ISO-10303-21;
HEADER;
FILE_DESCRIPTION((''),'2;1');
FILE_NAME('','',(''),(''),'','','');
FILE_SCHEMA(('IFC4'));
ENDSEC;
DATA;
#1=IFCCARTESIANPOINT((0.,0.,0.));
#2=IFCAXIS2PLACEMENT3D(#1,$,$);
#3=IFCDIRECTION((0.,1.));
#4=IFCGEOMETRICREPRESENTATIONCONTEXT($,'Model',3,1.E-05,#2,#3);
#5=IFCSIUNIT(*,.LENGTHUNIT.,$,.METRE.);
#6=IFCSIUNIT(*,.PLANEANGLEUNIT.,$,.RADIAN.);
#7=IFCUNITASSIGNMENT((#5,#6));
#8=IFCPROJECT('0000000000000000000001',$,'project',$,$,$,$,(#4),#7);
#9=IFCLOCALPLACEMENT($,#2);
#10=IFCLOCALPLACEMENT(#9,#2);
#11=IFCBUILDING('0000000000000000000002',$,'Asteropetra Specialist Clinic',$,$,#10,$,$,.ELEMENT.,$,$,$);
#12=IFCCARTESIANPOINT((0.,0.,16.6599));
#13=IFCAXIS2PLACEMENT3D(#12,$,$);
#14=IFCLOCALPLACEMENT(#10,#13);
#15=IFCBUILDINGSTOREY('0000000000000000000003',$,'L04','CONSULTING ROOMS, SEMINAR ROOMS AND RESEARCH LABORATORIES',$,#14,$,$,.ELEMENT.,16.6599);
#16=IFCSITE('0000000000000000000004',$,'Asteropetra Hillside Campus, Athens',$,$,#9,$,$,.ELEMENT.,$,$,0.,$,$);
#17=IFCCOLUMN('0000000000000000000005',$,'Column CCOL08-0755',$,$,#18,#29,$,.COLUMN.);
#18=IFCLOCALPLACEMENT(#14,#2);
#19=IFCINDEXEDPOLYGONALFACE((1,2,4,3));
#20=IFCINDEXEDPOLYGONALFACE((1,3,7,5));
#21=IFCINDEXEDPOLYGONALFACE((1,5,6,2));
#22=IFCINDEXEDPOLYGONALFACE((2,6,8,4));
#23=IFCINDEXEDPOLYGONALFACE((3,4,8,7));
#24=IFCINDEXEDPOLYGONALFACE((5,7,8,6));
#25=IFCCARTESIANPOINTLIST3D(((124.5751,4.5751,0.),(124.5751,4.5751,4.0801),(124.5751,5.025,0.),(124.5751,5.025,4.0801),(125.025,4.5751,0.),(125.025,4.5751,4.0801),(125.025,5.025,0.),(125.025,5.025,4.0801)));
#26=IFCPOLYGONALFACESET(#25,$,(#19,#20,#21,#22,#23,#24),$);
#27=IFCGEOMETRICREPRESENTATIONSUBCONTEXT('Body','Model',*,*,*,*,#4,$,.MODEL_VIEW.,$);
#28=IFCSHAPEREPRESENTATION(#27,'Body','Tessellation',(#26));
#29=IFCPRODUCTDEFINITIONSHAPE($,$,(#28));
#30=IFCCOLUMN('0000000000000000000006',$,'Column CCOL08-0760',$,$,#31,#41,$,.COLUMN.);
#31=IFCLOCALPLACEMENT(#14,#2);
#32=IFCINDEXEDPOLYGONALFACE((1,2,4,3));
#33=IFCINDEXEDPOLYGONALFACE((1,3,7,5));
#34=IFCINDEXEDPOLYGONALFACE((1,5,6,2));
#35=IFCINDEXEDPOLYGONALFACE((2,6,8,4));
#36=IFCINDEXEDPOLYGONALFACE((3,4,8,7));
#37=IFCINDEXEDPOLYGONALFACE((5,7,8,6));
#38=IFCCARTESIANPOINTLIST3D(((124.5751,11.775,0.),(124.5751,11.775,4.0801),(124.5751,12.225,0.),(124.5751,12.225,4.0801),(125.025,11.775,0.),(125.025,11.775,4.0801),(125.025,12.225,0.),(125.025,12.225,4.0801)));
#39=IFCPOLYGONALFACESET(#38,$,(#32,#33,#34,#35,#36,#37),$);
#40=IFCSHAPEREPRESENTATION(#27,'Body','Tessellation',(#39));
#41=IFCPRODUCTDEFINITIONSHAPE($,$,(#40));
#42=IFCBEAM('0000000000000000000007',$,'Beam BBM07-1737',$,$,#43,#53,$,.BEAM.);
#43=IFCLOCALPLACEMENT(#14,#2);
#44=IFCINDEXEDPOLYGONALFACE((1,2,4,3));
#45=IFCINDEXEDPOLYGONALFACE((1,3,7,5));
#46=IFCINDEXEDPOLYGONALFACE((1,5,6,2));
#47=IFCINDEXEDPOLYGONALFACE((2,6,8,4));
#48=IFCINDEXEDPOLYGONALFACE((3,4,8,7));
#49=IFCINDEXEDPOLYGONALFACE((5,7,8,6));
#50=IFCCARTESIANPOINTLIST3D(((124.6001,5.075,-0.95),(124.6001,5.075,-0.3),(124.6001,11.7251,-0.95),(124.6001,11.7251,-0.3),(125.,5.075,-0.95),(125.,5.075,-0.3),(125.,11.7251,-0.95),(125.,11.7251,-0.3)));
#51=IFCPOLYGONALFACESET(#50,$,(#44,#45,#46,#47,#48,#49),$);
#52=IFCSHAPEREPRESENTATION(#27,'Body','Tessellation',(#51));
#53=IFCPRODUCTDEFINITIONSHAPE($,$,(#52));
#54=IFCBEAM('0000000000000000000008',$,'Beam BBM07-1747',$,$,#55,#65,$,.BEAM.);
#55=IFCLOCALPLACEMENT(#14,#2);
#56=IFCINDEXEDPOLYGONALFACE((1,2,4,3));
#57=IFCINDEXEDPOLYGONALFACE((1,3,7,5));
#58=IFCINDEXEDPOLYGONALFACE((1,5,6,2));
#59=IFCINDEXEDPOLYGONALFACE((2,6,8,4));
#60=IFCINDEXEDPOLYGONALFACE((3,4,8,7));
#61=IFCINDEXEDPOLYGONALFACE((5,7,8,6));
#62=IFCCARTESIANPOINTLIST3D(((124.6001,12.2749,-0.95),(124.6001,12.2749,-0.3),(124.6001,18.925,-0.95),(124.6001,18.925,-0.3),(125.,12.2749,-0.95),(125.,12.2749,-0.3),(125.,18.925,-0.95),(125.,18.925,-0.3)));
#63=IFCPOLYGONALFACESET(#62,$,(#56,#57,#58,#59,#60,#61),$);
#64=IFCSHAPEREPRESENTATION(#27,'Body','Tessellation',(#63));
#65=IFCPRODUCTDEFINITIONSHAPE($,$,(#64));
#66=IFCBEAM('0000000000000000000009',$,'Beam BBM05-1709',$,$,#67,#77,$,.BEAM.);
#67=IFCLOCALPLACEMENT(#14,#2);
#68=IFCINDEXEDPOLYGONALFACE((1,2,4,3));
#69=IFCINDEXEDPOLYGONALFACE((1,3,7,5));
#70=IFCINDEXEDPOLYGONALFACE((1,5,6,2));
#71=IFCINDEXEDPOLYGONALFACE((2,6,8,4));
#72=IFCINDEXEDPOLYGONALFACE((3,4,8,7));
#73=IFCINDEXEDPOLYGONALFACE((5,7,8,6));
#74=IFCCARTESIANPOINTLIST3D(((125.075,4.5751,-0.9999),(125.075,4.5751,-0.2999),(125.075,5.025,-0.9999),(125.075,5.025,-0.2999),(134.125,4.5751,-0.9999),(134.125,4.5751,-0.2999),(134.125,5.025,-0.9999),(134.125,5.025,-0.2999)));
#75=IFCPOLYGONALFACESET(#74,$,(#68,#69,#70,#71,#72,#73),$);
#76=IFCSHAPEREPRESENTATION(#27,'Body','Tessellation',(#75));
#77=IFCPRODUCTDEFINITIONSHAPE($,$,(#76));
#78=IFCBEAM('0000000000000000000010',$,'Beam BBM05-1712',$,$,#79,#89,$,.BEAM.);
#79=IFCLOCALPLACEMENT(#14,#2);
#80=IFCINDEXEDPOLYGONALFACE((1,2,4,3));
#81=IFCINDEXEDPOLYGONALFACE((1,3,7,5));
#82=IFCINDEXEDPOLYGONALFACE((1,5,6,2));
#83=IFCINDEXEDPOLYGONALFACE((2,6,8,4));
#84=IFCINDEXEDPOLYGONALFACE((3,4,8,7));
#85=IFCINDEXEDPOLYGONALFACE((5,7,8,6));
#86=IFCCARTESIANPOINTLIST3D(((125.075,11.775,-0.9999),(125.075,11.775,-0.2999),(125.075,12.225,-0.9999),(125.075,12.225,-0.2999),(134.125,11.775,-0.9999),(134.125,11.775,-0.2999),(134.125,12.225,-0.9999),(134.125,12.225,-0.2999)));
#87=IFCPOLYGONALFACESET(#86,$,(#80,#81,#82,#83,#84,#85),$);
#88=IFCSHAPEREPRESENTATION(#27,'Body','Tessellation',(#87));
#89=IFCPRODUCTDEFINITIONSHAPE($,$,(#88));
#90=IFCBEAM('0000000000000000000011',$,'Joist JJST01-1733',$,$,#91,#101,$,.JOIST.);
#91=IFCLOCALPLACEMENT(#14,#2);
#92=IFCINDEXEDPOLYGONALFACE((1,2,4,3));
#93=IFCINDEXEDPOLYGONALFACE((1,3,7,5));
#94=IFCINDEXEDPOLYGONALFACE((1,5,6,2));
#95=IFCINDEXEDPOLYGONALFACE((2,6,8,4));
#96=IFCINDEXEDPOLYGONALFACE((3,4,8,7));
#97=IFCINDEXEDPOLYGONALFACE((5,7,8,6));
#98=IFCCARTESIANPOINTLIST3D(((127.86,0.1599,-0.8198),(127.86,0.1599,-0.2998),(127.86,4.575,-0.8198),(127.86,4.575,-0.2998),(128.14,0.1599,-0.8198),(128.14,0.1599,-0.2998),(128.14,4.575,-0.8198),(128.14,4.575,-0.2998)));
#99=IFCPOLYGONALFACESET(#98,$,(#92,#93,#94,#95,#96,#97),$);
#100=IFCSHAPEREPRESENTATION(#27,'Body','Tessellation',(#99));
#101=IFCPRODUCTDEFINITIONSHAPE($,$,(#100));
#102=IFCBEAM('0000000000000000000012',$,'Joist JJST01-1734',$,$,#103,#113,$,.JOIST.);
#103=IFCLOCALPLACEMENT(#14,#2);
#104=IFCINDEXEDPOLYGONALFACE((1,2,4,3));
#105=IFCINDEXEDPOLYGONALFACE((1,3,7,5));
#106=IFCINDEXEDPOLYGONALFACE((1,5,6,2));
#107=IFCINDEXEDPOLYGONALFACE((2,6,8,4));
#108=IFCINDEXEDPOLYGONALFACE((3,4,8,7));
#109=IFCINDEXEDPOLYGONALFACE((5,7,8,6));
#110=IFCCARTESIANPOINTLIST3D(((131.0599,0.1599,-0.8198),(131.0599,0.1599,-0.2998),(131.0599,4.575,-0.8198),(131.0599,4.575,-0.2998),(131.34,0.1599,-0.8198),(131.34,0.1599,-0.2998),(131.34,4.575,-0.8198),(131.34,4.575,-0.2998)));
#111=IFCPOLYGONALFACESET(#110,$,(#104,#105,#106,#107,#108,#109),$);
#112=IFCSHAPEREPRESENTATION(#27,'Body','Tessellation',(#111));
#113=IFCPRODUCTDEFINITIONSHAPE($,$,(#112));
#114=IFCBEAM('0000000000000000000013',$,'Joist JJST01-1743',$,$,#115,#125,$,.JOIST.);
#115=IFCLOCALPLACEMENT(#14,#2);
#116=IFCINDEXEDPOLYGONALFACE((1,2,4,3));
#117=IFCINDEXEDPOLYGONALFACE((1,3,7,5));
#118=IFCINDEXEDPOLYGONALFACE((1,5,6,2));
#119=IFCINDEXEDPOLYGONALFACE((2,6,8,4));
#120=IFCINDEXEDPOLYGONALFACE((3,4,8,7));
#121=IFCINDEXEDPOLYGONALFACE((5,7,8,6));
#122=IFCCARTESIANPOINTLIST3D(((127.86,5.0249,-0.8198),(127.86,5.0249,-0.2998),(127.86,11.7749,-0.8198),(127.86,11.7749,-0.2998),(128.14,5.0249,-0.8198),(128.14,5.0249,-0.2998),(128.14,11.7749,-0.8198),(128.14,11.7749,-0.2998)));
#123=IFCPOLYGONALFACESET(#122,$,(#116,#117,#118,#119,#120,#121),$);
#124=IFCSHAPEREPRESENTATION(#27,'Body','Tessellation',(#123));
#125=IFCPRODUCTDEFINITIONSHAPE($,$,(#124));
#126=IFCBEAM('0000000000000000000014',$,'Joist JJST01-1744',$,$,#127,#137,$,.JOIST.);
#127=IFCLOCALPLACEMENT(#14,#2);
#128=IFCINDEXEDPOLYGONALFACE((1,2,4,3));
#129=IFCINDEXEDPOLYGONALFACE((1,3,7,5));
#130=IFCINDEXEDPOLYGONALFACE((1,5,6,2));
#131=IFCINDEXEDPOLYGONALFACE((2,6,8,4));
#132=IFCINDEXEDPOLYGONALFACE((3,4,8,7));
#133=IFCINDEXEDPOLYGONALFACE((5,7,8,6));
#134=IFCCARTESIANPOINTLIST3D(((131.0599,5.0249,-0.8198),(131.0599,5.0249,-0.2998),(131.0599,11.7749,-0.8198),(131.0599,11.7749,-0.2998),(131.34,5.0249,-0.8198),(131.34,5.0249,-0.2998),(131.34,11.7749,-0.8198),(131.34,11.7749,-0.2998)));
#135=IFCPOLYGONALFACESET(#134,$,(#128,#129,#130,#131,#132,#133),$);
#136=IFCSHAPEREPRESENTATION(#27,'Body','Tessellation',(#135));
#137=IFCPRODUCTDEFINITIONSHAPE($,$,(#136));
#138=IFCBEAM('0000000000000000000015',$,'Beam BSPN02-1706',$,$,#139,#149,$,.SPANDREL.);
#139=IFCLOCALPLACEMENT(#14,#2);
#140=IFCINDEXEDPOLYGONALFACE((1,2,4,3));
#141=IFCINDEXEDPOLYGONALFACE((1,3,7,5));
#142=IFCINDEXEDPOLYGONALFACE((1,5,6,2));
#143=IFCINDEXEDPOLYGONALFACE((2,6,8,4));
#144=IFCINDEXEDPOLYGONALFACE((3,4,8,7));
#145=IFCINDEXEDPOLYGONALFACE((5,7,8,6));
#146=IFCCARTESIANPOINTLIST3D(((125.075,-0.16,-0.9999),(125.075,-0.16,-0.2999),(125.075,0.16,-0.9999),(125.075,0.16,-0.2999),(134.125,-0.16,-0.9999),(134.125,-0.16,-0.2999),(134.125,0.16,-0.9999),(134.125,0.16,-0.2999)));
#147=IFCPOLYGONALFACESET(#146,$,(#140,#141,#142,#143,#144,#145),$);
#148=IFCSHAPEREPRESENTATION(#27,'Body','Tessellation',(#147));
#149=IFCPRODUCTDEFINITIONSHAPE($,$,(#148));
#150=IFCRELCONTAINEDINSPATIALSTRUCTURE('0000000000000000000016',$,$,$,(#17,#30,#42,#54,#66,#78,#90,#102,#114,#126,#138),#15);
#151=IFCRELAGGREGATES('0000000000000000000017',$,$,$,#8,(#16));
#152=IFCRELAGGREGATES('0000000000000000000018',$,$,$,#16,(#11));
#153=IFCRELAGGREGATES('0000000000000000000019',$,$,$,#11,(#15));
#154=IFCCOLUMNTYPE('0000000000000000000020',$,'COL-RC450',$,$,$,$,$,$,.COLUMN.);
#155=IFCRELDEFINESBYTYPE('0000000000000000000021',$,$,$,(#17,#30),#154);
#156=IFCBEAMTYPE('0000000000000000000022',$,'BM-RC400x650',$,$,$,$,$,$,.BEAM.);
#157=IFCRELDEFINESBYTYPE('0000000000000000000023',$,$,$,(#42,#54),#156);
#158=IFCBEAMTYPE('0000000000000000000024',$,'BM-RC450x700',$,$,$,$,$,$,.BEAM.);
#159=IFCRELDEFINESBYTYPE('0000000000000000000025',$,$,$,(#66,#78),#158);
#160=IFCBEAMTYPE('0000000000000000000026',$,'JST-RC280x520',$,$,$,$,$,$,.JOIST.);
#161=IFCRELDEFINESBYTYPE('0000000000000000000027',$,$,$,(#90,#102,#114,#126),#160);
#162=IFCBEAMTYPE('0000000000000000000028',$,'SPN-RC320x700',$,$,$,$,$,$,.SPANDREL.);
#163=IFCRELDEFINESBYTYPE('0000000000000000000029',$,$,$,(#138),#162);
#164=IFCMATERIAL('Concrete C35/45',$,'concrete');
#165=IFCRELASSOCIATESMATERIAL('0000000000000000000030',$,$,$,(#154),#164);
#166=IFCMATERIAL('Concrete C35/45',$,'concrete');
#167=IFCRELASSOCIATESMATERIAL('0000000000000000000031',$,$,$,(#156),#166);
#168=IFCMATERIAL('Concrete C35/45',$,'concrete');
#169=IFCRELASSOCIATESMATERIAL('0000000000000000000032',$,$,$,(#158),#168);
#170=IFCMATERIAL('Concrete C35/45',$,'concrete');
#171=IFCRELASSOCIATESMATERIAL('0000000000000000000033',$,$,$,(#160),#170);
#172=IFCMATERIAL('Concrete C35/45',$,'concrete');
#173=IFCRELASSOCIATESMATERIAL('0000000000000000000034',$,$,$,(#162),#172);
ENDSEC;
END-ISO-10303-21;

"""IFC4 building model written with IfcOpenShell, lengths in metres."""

from ifc_helpers import new_model, si_unit, direction, frame, origin, origin_2d, place, context, subcontext, project, spatial, rectangle, extrude, material, material_profile, profile_set, type_object, element, save


model = new_model("IFC4")

# Units and contexts
model_context = context("Model", 3, precision=1e-05, world=origin(), true_north=direction((0.0, 1.0)))
body_context = subcontext(model_context, "Body", "Model", "MODEL_VIEW")
ifc_project = project(units=[si_unit("LENGTHUNIT", "METRE"), si_unit("PLANEANGLEUNIT", "RADIAN")], contexts=[model_context])

# Site, building, storey
site_placement = place(None, origin())
site = spatial("IfcSite", under=ifc_project, at=site_placement, Name="Asteropetra Hillside Campus, Athens", CompositionType="ELEMENT", RefElevation=0.0)
building_placement = place(site_placement, origin())
building = spatial("IfcBuilding", under=site, at=building_placement, Name="Asteropetra Specialist Clinic", CompositionType="ELEMENT")
storey_placement = place(building_placement, frame((0.0, 0.0, 16.6599)))
storey = spatial("IfcBuildingStorey", under=building, at=storey_placement, Name="L04", Description="CONSULTING ROOMS, SEMINAR ROOMS AND RESEARCH LABORATORIES", CompositionType="ELEMENT", Elevation=16.6599)

# Columns
ifc_material_1 = material(Name="Concrete C35/45", Category="concrete")
ifc_material_profile_1 = material_profile(ifc_material_1, rectangle(XDim=0.45, YDim=0.45, at=origin_2d()), Name="RC 450x450")
ifc_profile_set_1 = profile_set([ifc_material_profile_1], Name="Concrete C35/45")
column_type = type_object("IfcColumnType", Name="COL-RC450", PredefinedType="COLUMN", material=ifc_profile_set_1)
for number, where, z_axis, x_axis, name in (
    (1, (124.8, 4.8, 0.0), (0.0, 0.0, 1.0), (1.0, 0.0, 0.0), "Column CCOL08-0755"),
    (2, (124.8, 12.0, 0.0), (0.0, 0.0, 1.0), (1.0, 0.0, 0.0), "Column CCOL08-0760"),
):
    element("IfcColumn", number, at=place(storey_placement, frame(where, z_axis=z_axis, x_axis=x_axis)), inside=storey, type_object=column_type, Name=name, PredefinedType="COLUMN", context=body_context, shape_type="SweptSolid", body=[
        extrude(rectangle(XDim=0.45, YDim=0.45, at=origin_2d()), origin(), (0.0, 0.0, 1.0), 4.0801),
    ])

# Beams
ifc_material_2 = material(Name="Concrete C35/45", Category="concrete")
ifc_material_profile_2 = material_profile(ifc_material_2, rectangle(XDim=0.3999, YDim=0.6499, at=origin_2d()), Name="RCB 400x650")
ifc_profile_set_2 = profile_set([ifc_material_profile_2], Name="Concrete C35/45")
beam_type_1 = type_object("IfcBeamType", Name="BM-RC400x650", PredefinedType="BEAM", material=ifc_profile_set_2)
for number, where, z_axis, x_axis, name in (
    (3, (124.8, 5.075, -0.625), (0.0, 1.0, 0.0), (-1.0, 0.0, 0.0), "Beam BBM07-1737"),
    (4, (124.8, 12.2749, -0.625), (0.0, 1.0, 0.0), (-1.0, 0.0, 0.0), "Beam BBM07-1747"),
):
    element("IfcBeam", number, at=place(storey_placement, frame(where, z_axis=z_axis, x_axis=x_axis)), inside=storey, type_object=beam_type_1, Name=name, PredefinedType="BEAM", context=body_context, shape_type="SweptSolid", body=[
        extrude(rectangle(XDim=0.3999, YDim=0.6499, at=origin_2d()), origin(), (0.0, 0.0, 1.0), 6.6501),
    ])
ifc_material_3 = material(Name="Concrete C35/45", Category="concrete")
ifc_material_profile_3 = material_profile(ifc_material_3, rectangle(XDim=0.45, YDim=0.7, at=origin_2d()), Name="RCB 450x700")
ifc_profile_set_3 = profile_set([ifc_material_profile_3], Name="Concrete C35/45")
beam_type_2 = type_object("IfcBeamType", Name="BM-RC450x700", PredefinedType="BEAM", material=ifc_profile_set_3)
for number, where, z_axis, x_axis, name in (
    (5, (125.075, 4.8, -0.6499), (1.0, 0.0, 0.0), (0.0, 1.0, 0.0), "Beam BBM05-1709"),
    (6, (125.075, 12.0, -0.6499), (1.0, 0.0, 0.0), (0.0, 1.0, 0.0), "Beam BBM05-1712"),
):
    element("IfcBeam", number, at=place(storey_placement, frame(where, z_axis=z_axis, x_axis=x_axis)), inside=storey, type_object=beam_type_2, Name=name, PredefinedType="BEAM", context=body_context, shape_type="SweptSolid", body=[
        extrude(rectangle(XDim=0.45, YDim=0.7, at=origin_2d()), origin(), (0.0, 0.0, 1.0), 9.05),
    ])
ifc_material_4 = material(Name="Concrete C35/45", Category="concrete")
ifc_material_profile_4 = material_profile(ifc_material_4, rectangle(XDim=0.28, YDim=0.52, at=origin_2d()), Name="RCJ 280x520")
ifc_profile_set_4 = profile_set([ifc_material_profile_4], Name="Concrete C35/45")
beam_type_3 = type_object("IfcBeamType", Name="JST-RC280x520", PredefinedType="JOIST", material=ifc_profile_set_4)
for number, where, z_axis, x_axis, name in (
    (7, (128.0, 0.1599, -0.5598), (0.0, 1.0, 0.0), (-1.0, 0.0, 0.0), "Joist JJST01-1733"),
    (8, (131.2, 0.1599, -0.5598), (0.0, 1.0, 0.0), (-1.0, 0.0, 0.0), "Joist JJST01-1734"),
):
    element("IfcBeam", number, at=place(storey_placement, frame(where, z_axis=z_axis, x_axis=x_axis)), inside=storey, type_object=beam_type_3, Name=name, PredefinedType="JOIST", context=body_context, shape_type="SweptSolid", body=[
        extrude(rectangle(XDim=0.28, YDim=0.52, at=origin_2d()), origin(), (0.0, 0.0, 1.0), 4.415),
    ])
for number, where, z_axis, x_axis, name in (
    (9, (128.0, 5.0249, -0.5598), (0.0, 1.0, 0.0), (-1.0, 0.0, 0.0), "Joist JJST01-1743"),
    (10, (131.2, 5.0249, -0.5598), (0.0, 1.0, 0.0), (-1.0, 0.0, 0.0), "Joist JJST01-1744"),
):
    element("IfcBeam", number, at=place(storey_placement, frame(where, z_axis=z_axis, x_axis=x_axis)), inside=storey, type_object=beam_type_3, Name=name, PredefinedType="JOIST", context=body_context, shape_type="SweptSolid", body=[
        extrude(rectangle(XDim=0.28, YDim=0.52, at=origin_2d()), origin(), (0.0, 0.0, 1.0), 6.75),
    ])
ifc_material_5 = material(Name="Concrete C35/45", Category="concrete")
ifc_material_profile_5 = material_profile(ifc_material_5, rectangle(XDim=0.3201, YDim=0.7, at=origin_2d()), Name="RCS 320x700")
ifc_profile_set_5 = profile_set([ifc_material_profile_5], Name="Concrete C35/45")
beam_type_4 = type_object("IfcBeamType", Name="SPN-RC320x700", PredefinedType="SPANDREL", material=ifc_profile_set_5)
beam_placement = place(storey_placement, frame((125.075, 0.0, -0.6499), z_axis=(1.0, 0.0, 0.0), x_axis=(0.0, 1.0, 0.0)))
element("IfcBeam", 11, at=beam_placement, inside=storey, type_object=beam_type_4, Name="Beam BSPN02-1706", PredefinedType="SPANDREL", context=body_context, shape_type="SweptSolid", body=[
    extrude(rectangle(XDim=0.3201, YDim=0.7, at=origin_2d()), origin(), (0.0, 0.0, 1.0), 9.05),
])

save(model, "model.ifc")
